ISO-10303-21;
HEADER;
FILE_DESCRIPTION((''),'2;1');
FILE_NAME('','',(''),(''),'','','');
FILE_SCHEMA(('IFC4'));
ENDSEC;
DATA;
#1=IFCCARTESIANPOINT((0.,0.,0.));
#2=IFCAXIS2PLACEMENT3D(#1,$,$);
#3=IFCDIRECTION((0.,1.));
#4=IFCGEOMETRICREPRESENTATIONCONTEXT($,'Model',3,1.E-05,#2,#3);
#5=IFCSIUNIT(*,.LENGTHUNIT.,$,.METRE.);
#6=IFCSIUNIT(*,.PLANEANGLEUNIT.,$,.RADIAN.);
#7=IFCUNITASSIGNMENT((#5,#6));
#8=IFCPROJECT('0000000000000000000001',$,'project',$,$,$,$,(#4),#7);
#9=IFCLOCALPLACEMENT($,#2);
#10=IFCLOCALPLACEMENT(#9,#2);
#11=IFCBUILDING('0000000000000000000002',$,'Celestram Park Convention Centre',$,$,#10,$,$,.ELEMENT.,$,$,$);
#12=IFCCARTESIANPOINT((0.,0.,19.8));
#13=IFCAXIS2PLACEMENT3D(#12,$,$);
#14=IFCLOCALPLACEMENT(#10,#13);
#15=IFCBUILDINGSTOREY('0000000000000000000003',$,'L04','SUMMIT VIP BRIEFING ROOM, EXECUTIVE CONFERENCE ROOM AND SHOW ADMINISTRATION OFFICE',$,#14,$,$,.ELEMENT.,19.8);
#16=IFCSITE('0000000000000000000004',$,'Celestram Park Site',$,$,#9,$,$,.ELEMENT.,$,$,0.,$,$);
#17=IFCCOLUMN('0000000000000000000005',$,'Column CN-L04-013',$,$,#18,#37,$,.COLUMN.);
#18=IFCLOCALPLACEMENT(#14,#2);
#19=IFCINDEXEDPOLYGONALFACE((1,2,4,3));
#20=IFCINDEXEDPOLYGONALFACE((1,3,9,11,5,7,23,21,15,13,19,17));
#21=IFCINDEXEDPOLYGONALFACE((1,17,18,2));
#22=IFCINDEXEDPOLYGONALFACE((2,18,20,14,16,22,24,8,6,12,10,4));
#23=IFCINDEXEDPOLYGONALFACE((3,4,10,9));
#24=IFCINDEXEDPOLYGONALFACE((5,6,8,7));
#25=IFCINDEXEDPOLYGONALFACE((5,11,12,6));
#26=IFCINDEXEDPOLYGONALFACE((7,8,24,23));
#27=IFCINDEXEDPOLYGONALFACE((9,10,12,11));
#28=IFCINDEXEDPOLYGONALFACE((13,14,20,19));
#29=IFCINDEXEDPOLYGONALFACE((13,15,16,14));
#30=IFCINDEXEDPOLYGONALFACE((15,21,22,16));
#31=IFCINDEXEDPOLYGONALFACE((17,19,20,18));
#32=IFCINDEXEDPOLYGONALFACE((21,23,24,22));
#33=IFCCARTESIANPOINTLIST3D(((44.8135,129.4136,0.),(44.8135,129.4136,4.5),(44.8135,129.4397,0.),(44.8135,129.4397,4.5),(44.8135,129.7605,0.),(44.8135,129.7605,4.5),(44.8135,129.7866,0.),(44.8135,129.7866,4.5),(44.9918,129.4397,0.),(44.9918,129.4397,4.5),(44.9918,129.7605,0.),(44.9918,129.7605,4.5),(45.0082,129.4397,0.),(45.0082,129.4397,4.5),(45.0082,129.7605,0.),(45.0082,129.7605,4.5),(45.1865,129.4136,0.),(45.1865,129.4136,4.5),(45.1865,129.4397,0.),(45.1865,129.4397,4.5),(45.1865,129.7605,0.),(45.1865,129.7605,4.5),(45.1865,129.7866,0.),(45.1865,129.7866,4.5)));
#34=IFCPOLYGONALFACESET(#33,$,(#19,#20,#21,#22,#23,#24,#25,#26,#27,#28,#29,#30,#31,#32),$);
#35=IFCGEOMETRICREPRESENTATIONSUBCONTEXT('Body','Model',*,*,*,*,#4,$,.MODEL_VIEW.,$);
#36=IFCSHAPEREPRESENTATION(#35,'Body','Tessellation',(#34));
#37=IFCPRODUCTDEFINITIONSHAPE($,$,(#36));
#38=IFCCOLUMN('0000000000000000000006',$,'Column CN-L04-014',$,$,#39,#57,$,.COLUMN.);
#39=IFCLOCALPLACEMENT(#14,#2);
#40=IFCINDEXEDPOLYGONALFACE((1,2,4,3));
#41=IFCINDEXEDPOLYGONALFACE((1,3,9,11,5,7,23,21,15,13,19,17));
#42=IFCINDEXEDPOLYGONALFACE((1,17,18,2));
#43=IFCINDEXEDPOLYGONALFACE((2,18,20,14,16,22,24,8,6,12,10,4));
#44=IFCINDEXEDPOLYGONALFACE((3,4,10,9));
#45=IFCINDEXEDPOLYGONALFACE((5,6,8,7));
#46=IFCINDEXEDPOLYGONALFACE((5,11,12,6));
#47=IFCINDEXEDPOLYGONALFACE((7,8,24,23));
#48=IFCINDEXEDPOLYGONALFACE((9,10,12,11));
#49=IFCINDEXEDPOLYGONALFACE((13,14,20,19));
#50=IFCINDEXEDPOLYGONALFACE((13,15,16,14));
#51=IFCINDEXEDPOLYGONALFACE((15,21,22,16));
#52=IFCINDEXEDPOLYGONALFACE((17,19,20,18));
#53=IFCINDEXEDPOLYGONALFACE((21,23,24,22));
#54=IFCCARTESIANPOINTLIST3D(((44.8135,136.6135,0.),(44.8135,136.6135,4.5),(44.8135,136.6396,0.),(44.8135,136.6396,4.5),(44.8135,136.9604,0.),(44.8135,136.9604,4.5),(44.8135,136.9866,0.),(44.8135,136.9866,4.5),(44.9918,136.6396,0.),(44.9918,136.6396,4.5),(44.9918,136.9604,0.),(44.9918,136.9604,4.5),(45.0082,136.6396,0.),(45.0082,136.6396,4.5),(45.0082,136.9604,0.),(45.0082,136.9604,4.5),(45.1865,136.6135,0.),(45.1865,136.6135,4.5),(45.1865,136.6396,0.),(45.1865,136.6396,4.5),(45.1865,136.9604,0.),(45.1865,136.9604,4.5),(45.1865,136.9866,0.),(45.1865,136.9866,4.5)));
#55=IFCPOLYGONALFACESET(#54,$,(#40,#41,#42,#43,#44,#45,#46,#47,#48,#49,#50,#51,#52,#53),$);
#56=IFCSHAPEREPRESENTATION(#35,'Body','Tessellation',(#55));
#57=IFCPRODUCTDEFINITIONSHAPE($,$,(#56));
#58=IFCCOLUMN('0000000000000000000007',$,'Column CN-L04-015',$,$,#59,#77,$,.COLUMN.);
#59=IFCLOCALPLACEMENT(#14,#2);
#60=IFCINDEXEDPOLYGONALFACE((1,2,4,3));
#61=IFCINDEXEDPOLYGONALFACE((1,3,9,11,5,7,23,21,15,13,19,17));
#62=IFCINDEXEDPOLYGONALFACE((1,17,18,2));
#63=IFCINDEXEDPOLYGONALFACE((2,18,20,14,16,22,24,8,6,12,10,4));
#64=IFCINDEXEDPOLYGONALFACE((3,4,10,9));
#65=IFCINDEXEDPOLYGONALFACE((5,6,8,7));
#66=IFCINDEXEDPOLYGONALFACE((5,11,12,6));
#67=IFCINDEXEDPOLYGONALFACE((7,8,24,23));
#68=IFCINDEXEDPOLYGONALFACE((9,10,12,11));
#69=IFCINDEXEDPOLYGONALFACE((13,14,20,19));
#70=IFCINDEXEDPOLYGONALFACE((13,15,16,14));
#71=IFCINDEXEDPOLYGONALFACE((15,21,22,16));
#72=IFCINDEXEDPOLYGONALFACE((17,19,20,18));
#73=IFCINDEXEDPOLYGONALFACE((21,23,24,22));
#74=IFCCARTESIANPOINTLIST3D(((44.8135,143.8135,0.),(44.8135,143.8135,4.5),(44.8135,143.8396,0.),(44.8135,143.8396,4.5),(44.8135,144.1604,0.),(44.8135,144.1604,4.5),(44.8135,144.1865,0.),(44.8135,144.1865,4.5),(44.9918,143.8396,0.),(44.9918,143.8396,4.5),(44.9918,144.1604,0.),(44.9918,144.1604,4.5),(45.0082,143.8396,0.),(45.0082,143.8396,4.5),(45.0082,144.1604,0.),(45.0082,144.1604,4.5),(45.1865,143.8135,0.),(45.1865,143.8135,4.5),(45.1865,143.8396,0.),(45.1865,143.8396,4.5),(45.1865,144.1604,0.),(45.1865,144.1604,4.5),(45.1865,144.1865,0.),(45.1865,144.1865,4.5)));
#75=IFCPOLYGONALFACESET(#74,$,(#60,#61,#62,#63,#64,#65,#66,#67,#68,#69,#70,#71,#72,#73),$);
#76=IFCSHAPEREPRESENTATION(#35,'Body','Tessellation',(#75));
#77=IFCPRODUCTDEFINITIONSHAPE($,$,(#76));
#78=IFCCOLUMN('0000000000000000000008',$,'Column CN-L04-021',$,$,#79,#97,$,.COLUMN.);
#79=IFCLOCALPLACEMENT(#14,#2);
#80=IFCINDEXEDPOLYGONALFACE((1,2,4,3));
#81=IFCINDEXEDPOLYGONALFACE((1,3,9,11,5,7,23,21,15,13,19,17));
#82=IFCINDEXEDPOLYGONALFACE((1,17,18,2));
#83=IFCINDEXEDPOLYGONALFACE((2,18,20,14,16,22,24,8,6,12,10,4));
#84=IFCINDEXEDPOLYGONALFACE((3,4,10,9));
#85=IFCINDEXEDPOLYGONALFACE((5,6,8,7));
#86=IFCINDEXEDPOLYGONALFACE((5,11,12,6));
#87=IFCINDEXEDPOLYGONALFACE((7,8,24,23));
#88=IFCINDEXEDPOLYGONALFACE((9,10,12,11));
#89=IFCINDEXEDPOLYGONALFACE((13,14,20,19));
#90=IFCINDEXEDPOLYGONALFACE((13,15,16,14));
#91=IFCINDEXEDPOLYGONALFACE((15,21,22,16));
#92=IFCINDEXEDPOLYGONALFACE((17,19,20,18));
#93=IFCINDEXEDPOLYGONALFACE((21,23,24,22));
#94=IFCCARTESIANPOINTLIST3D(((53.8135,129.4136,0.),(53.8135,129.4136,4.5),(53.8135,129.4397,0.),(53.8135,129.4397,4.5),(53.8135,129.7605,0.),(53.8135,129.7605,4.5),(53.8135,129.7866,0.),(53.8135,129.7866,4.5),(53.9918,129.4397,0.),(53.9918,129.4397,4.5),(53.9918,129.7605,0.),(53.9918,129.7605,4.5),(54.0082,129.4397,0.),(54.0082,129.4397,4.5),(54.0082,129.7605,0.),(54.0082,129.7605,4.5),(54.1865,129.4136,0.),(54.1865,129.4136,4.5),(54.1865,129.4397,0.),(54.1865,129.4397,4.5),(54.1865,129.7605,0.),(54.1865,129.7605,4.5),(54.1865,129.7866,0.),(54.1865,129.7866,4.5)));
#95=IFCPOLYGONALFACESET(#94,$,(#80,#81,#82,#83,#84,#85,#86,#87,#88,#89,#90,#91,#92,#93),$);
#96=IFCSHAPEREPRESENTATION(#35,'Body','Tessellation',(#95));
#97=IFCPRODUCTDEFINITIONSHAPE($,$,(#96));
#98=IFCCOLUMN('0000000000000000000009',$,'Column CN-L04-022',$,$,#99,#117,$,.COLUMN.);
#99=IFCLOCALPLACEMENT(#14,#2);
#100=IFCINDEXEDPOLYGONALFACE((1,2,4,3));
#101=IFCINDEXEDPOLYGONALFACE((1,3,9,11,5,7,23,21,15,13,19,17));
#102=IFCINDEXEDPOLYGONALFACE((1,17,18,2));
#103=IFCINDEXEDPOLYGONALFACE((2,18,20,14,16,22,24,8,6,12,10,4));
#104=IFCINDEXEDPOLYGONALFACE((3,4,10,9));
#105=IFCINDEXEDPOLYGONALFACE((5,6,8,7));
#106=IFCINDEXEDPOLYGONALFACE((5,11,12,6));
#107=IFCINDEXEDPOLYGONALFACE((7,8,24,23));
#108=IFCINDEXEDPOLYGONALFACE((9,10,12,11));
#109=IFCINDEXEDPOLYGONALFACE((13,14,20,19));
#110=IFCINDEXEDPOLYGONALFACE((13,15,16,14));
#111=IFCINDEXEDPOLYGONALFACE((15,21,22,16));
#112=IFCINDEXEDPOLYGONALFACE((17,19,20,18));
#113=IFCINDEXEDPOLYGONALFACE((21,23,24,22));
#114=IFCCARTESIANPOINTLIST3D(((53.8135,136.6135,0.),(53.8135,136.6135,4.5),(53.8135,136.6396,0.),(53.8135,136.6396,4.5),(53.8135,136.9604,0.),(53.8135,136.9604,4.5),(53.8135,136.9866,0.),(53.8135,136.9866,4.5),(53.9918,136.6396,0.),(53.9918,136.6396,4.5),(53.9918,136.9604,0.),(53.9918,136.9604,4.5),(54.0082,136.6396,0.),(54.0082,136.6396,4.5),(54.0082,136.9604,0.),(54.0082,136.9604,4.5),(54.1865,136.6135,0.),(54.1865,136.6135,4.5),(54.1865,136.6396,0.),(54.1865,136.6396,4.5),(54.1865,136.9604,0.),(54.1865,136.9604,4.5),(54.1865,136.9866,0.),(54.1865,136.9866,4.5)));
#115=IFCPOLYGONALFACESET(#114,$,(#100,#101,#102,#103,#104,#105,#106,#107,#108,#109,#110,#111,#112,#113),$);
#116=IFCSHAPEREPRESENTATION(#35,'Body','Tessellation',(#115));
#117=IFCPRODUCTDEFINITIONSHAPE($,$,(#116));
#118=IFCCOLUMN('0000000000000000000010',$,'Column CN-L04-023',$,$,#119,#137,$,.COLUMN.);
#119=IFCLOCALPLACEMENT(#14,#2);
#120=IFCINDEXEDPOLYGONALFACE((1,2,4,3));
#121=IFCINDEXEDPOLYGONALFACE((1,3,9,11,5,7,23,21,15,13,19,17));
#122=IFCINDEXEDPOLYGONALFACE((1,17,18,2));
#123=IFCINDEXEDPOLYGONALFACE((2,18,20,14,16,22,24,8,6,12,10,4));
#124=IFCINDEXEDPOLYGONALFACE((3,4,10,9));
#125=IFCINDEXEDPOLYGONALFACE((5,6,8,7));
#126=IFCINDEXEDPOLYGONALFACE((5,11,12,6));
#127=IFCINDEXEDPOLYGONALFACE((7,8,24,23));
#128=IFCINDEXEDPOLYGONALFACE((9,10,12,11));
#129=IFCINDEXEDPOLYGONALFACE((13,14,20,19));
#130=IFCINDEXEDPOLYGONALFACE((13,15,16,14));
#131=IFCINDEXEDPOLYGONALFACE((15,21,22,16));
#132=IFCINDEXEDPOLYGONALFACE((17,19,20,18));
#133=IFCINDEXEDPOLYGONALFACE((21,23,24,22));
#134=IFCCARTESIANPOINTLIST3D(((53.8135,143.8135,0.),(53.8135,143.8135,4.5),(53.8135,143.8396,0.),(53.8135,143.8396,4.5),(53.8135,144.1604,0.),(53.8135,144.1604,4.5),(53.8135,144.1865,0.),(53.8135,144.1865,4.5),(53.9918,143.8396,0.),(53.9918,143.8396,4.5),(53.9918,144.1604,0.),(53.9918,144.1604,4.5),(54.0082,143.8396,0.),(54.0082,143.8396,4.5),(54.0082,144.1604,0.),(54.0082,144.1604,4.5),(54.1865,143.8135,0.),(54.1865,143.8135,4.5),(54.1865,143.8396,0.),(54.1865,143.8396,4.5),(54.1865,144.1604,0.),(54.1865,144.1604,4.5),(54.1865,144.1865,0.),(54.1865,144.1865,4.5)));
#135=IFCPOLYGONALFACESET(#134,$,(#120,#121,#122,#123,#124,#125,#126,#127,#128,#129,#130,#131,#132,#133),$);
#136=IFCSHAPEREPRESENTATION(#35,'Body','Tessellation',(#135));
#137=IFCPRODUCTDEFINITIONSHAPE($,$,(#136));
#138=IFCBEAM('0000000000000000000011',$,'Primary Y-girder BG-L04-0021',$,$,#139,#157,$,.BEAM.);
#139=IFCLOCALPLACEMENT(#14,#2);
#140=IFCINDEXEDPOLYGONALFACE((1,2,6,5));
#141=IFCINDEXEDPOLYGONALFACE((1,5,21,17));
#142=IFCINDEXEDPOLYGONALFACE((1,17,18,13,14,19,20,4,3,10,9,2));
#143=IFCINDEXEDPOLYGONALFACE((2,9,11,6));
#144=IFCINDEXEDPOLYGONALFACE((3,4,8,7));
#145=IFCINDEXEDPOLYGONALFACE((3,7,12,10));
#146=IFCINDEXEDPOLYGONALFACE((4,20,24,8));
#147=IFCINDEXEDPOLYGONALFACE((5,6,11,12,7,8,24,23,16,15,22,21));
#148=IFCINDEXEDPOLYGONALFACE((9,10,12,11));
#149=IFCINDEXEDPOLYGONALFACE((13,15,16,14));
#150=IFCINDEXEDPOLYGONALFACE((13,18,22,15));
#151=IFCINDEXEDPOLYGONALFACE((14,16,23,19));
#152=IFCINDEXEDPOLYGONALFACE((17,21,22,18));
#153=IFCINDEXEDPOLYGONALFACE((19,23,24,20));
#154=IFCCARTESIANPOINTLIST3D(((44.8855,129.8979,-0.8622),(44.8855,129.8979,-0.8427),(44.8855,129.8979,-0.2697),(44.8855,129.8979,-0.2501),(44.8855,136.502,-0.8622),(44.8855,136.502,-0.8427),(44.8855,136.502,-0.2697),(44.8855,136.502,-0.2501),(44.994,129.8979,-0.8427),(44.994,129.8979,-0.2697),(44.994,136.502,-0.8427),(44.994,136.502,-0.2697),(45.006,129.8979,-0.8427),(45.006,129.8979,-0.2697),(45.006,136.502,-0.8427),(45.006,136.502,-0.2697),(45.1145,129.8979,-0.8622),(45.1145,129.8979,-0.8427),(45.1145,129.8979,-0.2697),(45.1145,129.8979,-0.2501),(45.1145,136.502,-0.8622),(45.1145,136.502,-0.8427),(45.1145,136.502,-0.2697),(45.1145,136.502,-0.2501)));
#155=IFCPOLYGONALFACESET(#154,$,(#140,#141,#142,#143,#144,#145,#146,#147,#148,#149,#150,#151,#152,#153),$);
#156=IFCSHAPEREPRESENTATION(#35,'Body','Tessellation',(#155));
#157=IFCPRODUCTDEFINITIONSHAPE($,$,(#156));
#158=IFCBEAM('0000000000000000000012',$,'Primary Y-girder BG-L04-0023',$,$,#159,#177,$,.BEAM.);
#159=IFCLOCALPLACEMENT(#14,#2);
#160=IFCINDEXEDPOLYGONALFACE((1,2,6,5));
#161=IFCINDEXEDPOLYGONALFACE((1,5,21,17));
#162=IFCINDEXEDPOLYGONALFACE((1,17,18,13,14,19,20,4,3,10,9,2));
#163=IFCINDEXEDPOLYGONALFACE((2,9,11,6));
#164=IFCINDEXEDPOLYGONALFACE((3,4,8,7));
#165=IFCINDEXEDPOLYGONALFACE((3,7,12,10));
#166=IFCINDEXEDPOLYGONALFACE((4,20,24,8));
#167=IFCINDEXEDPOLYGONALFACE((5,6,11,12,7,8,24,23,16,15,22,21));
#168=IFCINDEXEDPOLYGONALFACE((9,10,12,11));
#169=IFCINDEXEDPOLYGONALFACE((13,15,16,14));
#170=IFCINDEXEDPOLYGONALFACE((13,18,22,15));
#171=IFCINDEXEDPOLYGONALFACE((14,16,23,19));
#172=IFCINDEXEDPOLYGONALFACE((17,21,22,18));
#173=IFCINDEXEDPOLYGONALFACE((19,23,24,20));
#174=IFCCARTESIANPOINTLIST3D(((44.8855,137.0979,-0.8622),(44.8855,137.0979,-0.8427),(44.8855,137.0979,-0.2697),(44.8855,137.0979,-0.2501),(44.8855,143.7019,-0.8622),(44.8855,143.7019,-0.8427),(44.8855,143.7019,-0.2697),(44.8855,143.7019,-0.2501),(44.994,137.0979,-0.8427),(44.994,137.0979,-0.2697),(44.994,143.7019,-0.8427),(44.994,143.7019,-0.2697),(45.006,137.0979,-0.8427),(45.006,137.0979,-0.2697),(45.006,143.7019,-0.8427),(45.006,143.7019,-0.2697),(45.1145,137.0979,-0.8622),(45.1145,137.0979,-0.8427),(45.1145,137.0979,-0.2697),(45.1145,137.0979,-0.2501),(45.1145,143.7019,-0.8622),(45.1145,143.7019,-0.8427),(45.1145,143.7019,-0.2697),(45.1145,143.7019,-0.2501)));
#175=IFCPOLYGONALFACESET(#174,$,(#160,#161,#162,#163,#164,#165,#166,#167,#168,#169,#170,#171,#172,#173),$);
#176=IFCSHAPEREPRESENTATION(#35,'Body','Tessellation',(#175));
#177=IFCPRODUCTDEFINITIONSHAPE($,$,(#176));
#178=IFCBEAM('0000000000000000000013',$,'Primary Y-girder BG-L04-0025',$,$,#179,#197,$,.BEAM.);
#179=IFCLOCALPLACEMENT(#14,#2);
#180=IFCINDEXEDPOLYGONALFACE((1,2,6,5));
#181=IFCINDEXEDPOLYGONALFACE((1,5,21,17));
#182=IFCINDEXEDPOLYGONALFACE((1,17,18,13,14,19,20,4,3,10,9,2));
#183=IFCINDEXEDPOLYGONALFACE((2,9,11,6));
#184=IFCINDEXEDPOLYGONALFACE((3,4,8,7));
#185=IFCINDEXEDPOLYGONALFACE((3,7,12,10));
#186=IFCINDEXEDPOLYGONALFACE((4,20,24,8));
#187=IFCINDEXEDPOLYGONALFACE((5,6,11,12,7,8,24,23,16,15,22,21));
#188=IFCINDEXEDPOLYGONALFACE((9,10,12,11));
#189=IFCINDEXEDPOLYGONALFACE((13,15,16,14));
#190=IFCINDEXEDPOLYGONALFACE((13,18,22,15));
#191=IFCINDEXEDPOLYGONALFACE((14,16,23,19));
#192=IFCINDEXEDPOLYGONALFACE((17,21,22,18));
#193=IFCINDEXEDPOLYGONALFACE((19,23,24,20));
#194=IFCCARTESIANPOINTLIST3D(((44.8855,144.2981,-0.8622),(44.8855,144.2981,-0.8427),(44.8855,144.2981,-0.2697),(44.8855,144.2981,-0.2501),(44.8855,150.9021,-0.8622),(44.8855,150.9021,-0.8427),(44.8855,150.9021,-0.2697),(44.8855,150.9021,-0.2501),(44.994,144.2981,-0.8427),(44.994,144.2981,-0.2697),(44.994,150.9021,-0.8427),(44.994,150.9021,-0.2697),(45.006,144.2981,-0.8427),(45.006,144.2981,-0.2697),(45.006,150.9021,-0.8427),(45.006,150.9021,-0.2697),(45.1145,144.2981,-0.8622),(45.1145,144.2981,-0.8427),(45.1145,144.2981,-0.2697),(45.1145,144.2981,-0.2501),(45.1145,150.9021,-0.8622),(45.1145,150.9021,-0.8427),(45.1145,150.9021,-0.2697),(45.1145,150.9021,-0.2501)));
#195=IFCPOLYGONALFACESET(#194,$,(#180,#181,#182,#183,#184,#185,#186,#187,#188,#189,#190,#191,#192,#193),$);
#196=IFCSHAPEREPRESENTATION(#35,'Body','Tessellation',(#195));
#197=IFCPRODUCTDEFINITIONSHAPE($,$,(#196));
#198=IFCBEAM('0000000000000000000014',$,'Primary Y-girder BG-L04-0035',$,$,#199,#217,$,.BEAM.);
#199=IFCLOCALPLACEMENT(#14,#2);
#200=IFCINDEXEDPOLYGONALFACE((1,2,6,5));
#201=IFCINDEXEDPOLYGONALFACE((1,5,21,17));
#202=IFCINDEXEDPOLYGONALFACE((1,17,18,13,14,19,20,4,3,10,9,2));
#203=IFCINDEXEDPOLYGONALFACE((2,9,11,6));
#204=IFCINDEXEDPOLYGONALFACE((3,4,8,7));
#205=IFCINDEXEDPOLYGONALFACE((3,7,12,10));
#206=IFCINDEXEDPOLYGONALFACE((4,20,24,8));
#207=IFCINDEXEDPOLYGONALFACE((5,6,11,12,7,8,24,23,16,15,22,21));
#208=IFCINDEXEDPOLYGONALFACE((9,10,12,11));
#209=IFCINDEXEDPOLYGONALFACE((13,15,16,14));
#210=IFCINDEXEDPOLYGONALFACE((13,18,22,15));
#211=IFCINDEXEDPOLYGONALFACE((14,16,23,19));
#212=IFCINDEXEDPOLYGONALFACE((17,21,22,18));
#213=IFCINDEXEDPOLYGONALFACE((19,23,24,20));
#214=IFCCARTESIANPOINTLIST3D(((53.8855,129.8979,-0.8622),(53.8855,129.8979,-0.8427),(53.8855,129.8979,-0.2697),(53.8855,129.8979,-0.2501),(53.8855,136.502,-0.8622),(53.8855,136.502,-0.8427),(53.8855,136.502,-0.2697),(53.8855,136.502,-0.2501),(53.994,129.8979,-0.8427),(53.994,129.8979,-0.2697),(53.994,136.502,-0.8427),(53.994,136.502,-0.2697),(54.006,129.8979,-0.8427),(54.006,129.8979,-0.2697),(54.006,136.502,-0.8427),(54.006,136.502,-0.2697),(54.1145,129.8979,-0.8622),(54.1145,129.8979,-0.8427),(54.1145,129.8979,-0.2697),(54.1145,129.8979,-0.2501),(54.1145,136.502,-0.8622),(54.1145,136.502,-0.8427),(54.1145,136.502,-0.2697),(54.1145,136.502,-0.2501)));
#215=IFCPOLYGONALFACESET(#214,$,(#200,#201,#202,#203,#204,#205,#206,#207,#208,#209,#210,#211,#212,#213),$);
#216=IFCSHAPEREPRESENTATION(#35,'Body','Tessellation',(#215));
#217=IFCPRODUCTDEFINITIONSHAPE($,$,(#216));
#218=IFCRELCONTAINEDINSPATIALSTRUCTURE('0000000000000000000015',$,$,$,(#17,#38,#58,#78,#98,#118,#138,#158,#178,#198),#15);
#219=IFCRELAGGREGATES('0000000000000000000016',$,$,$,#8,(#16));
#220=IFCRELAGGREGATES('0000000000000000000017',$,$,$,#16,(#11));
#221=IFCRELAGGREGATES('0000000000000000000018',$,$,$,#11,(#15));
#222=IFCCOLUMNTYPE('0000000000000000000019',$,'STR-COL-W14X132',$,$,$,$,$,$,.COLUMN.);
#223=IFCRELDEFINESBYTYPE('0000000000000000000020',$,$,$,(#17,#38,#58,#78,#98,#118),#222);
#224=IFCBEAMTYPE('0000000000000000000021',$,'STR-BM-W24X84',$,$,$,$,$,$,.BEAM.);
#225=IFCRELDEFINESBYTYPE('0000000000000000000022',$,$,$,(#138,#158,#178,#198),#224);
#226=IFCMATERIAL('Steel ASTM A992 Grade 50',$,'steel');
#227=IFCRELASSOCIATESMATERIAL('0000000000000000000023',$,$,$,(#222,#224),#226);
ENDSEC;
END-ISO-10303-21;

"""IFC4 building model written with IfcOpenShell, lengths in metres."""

from ifc_helpers import new_model, si_unit, direction, frame, origin, origin_2d, place, context, subcontext, project, spatial, i_section, extrude, material, material_profile, profile_set, type_object, element, save


model = new_model("IFC4")

# Units and contexts
model_context = context("Model", 3, precision=1e-05, world=origin(), true_north=direction((0.0, 1.0)))
body_context = subcontext(model_context, "Body", "Model", "MODEL_VIEW")
ifc_project = project(units=[si_unit("LENGTHUNIT", "METRE"), si_unit("PLANEANGLEUNIT", "RADIAN")], contexts=[model_context])

# Site, building, storey
site_placement = place(None, origin())
site = spatial("IfcSite", under=ifc_project, at=site_placement, Name="Celestram Park Site", CompositionType="ELEMENT", RefElevation=0.0)
building_placement = place(site_placement, origin())
building = spatial("IfcBuilding", under=site, at=building_placement, Name="Celestram Park Convention Centre", CompositionType="ELEMENT")
storey_placement = place(building_placement, frame((0.0, 0.0, 19.8)))
storey = spatial("IfcBuildingStorey", under=building, at=storey_placement, Name="L04", Description="SUMMIT VIP BRIEFING ROOM, EXECUTIVE CONFERENCE ROOM AND SHOW ADMINISTRATION OFFICE", CompositionType="ELEMENT", Elevation=19.8)

# Columns
ifc_material_1 = material(Name="Steel ASTM A992 Grade 50", Category="steel")
ifc_material_profile_1 = material_profile(ifc_material_1, i_section(OverallWidth=0.373, OverallDepth=0.373, WebThickness=0.0164, FlangeThickness=0.0261, at=origin_2d()), Name="W14X132")
ifc_profile_set_1 = profile_set([ifc_material_profile_1], Name="Steel ASTM A992 Grade 50")
column_type = type_object("IfcColumnType", Name="STR-COL-W14X132", PredefinedType="COLUMN", material=ifc_profile_set_1)
for number, where, z_axis, x_axis, name in (
    (1, (45.0, 129.6001, 0.0), (0.0, 0.0, 1.0), (1.0, 0.0, 0.0), "Column CN-L04-013"),
    (2, (45.0, 136.8, 0.0), (0.0, 0.0, 1.0), (1.0, 0.0, 0.0), "Column CN-L04-014"),
    (3, (45.0, 144.0, 0.0), (0.0, 0.0, 1.0), (1.0, 0.0, 0.0), "Column CN-L04-015"),
    (4, (54.0, 129.6001, 0.0), (0.0, 0.0, 1.0), (1.0, 0.0, 0.0), "Column CN-L04-021"),
    (5, (54.0, 136.8, 0.0), (0.0, 0.0, 1.0), (1.0, 0.0, 0.0), "Column CN-L04-022"),
    (6, (54.0, 144.0, 0.0), (0.0, 0.0, 1.0), (1.0, 0.0, 0.0), "Column CN-L04-023"),
):
    element("IfcColumn", number, at=place(storey_placement, frame(where, z_axis=z_axis, x_axis=x_axis)), inside=storey, type_object=column_type, Name=name, PredefinedType="COLUMN", context=body_context, shape_type="SweptSolid", body=[
        extrude(i_section(OverallWidth=0.373, OverallDepth=0.373, WebThickness=0.0164, FlangeThickness=0.0261, at=origin_2d()), origin(), (0.0, 0.0, 1.0), 4.5),
    ])

# Beams
ifc_material_profile_2 = material_profile(ifc_material_1, i_section(OverallWidth=0.229, OverallDepth=0.6121, WebThickness=0.012, FlangeThickness=0.0195, at=origin_2d()), Name="W24X84")
ifc_profile_set_2 = profile_set([ifc_material_profile_2], Name="Steel ASTM A992 Grade 50")
beam_type_1 = type_object("IfcBeamType", Name="STR-BM-W24X84", PredefinedType="BEAM", material=ifc_profile_set_2)
for number, where, z_axis, x_axis, name in (
    (7, (45.0, 129.8979, -0.5562), (0.0, 1.0, 0.0), (-1.0, 0.0, 0.0), "Primary Y-girder BG-L04-0021"),
    (8, (45.0, 137.0979, -0.5562), (0.0, 1.0, 0.0), (-1.0, 0.0, 0.0), "Primary Y-girder BG-L04-0023"),
    (9, (45.0, 144.2981, -0.5562), (0.0, 1.0, 0.0), (-1.0, 0.0, 0.0), "Primary Y-girder BG-L04-0025"),
    (10, (54.0, 129.8979, -0.5562), (0.0, 1.0, 0.0), (-1.0, 0.0, 0.0), "Primary Y-girder BG-L04-0035"),
):
    element("IfcBeam", number, at=place(storey_placement, frame(where, z_axis=z_axis, x_axis=x_axis)), inside=storey, type_object=beam_type_1, Name=name, PredefinedType="BEAM", context=body_context, shape_type="SweptSolid", body=[
        extrude(i_section(OverallWidth=0.229, OverallDepth=0.6121, WebThickness=0.012, FlangeThickness=0.0195, at=origin_2d()), origin(), (0.0, 0.0, 1.0), 6.604),
    ])

save(model, "model.ifc")
